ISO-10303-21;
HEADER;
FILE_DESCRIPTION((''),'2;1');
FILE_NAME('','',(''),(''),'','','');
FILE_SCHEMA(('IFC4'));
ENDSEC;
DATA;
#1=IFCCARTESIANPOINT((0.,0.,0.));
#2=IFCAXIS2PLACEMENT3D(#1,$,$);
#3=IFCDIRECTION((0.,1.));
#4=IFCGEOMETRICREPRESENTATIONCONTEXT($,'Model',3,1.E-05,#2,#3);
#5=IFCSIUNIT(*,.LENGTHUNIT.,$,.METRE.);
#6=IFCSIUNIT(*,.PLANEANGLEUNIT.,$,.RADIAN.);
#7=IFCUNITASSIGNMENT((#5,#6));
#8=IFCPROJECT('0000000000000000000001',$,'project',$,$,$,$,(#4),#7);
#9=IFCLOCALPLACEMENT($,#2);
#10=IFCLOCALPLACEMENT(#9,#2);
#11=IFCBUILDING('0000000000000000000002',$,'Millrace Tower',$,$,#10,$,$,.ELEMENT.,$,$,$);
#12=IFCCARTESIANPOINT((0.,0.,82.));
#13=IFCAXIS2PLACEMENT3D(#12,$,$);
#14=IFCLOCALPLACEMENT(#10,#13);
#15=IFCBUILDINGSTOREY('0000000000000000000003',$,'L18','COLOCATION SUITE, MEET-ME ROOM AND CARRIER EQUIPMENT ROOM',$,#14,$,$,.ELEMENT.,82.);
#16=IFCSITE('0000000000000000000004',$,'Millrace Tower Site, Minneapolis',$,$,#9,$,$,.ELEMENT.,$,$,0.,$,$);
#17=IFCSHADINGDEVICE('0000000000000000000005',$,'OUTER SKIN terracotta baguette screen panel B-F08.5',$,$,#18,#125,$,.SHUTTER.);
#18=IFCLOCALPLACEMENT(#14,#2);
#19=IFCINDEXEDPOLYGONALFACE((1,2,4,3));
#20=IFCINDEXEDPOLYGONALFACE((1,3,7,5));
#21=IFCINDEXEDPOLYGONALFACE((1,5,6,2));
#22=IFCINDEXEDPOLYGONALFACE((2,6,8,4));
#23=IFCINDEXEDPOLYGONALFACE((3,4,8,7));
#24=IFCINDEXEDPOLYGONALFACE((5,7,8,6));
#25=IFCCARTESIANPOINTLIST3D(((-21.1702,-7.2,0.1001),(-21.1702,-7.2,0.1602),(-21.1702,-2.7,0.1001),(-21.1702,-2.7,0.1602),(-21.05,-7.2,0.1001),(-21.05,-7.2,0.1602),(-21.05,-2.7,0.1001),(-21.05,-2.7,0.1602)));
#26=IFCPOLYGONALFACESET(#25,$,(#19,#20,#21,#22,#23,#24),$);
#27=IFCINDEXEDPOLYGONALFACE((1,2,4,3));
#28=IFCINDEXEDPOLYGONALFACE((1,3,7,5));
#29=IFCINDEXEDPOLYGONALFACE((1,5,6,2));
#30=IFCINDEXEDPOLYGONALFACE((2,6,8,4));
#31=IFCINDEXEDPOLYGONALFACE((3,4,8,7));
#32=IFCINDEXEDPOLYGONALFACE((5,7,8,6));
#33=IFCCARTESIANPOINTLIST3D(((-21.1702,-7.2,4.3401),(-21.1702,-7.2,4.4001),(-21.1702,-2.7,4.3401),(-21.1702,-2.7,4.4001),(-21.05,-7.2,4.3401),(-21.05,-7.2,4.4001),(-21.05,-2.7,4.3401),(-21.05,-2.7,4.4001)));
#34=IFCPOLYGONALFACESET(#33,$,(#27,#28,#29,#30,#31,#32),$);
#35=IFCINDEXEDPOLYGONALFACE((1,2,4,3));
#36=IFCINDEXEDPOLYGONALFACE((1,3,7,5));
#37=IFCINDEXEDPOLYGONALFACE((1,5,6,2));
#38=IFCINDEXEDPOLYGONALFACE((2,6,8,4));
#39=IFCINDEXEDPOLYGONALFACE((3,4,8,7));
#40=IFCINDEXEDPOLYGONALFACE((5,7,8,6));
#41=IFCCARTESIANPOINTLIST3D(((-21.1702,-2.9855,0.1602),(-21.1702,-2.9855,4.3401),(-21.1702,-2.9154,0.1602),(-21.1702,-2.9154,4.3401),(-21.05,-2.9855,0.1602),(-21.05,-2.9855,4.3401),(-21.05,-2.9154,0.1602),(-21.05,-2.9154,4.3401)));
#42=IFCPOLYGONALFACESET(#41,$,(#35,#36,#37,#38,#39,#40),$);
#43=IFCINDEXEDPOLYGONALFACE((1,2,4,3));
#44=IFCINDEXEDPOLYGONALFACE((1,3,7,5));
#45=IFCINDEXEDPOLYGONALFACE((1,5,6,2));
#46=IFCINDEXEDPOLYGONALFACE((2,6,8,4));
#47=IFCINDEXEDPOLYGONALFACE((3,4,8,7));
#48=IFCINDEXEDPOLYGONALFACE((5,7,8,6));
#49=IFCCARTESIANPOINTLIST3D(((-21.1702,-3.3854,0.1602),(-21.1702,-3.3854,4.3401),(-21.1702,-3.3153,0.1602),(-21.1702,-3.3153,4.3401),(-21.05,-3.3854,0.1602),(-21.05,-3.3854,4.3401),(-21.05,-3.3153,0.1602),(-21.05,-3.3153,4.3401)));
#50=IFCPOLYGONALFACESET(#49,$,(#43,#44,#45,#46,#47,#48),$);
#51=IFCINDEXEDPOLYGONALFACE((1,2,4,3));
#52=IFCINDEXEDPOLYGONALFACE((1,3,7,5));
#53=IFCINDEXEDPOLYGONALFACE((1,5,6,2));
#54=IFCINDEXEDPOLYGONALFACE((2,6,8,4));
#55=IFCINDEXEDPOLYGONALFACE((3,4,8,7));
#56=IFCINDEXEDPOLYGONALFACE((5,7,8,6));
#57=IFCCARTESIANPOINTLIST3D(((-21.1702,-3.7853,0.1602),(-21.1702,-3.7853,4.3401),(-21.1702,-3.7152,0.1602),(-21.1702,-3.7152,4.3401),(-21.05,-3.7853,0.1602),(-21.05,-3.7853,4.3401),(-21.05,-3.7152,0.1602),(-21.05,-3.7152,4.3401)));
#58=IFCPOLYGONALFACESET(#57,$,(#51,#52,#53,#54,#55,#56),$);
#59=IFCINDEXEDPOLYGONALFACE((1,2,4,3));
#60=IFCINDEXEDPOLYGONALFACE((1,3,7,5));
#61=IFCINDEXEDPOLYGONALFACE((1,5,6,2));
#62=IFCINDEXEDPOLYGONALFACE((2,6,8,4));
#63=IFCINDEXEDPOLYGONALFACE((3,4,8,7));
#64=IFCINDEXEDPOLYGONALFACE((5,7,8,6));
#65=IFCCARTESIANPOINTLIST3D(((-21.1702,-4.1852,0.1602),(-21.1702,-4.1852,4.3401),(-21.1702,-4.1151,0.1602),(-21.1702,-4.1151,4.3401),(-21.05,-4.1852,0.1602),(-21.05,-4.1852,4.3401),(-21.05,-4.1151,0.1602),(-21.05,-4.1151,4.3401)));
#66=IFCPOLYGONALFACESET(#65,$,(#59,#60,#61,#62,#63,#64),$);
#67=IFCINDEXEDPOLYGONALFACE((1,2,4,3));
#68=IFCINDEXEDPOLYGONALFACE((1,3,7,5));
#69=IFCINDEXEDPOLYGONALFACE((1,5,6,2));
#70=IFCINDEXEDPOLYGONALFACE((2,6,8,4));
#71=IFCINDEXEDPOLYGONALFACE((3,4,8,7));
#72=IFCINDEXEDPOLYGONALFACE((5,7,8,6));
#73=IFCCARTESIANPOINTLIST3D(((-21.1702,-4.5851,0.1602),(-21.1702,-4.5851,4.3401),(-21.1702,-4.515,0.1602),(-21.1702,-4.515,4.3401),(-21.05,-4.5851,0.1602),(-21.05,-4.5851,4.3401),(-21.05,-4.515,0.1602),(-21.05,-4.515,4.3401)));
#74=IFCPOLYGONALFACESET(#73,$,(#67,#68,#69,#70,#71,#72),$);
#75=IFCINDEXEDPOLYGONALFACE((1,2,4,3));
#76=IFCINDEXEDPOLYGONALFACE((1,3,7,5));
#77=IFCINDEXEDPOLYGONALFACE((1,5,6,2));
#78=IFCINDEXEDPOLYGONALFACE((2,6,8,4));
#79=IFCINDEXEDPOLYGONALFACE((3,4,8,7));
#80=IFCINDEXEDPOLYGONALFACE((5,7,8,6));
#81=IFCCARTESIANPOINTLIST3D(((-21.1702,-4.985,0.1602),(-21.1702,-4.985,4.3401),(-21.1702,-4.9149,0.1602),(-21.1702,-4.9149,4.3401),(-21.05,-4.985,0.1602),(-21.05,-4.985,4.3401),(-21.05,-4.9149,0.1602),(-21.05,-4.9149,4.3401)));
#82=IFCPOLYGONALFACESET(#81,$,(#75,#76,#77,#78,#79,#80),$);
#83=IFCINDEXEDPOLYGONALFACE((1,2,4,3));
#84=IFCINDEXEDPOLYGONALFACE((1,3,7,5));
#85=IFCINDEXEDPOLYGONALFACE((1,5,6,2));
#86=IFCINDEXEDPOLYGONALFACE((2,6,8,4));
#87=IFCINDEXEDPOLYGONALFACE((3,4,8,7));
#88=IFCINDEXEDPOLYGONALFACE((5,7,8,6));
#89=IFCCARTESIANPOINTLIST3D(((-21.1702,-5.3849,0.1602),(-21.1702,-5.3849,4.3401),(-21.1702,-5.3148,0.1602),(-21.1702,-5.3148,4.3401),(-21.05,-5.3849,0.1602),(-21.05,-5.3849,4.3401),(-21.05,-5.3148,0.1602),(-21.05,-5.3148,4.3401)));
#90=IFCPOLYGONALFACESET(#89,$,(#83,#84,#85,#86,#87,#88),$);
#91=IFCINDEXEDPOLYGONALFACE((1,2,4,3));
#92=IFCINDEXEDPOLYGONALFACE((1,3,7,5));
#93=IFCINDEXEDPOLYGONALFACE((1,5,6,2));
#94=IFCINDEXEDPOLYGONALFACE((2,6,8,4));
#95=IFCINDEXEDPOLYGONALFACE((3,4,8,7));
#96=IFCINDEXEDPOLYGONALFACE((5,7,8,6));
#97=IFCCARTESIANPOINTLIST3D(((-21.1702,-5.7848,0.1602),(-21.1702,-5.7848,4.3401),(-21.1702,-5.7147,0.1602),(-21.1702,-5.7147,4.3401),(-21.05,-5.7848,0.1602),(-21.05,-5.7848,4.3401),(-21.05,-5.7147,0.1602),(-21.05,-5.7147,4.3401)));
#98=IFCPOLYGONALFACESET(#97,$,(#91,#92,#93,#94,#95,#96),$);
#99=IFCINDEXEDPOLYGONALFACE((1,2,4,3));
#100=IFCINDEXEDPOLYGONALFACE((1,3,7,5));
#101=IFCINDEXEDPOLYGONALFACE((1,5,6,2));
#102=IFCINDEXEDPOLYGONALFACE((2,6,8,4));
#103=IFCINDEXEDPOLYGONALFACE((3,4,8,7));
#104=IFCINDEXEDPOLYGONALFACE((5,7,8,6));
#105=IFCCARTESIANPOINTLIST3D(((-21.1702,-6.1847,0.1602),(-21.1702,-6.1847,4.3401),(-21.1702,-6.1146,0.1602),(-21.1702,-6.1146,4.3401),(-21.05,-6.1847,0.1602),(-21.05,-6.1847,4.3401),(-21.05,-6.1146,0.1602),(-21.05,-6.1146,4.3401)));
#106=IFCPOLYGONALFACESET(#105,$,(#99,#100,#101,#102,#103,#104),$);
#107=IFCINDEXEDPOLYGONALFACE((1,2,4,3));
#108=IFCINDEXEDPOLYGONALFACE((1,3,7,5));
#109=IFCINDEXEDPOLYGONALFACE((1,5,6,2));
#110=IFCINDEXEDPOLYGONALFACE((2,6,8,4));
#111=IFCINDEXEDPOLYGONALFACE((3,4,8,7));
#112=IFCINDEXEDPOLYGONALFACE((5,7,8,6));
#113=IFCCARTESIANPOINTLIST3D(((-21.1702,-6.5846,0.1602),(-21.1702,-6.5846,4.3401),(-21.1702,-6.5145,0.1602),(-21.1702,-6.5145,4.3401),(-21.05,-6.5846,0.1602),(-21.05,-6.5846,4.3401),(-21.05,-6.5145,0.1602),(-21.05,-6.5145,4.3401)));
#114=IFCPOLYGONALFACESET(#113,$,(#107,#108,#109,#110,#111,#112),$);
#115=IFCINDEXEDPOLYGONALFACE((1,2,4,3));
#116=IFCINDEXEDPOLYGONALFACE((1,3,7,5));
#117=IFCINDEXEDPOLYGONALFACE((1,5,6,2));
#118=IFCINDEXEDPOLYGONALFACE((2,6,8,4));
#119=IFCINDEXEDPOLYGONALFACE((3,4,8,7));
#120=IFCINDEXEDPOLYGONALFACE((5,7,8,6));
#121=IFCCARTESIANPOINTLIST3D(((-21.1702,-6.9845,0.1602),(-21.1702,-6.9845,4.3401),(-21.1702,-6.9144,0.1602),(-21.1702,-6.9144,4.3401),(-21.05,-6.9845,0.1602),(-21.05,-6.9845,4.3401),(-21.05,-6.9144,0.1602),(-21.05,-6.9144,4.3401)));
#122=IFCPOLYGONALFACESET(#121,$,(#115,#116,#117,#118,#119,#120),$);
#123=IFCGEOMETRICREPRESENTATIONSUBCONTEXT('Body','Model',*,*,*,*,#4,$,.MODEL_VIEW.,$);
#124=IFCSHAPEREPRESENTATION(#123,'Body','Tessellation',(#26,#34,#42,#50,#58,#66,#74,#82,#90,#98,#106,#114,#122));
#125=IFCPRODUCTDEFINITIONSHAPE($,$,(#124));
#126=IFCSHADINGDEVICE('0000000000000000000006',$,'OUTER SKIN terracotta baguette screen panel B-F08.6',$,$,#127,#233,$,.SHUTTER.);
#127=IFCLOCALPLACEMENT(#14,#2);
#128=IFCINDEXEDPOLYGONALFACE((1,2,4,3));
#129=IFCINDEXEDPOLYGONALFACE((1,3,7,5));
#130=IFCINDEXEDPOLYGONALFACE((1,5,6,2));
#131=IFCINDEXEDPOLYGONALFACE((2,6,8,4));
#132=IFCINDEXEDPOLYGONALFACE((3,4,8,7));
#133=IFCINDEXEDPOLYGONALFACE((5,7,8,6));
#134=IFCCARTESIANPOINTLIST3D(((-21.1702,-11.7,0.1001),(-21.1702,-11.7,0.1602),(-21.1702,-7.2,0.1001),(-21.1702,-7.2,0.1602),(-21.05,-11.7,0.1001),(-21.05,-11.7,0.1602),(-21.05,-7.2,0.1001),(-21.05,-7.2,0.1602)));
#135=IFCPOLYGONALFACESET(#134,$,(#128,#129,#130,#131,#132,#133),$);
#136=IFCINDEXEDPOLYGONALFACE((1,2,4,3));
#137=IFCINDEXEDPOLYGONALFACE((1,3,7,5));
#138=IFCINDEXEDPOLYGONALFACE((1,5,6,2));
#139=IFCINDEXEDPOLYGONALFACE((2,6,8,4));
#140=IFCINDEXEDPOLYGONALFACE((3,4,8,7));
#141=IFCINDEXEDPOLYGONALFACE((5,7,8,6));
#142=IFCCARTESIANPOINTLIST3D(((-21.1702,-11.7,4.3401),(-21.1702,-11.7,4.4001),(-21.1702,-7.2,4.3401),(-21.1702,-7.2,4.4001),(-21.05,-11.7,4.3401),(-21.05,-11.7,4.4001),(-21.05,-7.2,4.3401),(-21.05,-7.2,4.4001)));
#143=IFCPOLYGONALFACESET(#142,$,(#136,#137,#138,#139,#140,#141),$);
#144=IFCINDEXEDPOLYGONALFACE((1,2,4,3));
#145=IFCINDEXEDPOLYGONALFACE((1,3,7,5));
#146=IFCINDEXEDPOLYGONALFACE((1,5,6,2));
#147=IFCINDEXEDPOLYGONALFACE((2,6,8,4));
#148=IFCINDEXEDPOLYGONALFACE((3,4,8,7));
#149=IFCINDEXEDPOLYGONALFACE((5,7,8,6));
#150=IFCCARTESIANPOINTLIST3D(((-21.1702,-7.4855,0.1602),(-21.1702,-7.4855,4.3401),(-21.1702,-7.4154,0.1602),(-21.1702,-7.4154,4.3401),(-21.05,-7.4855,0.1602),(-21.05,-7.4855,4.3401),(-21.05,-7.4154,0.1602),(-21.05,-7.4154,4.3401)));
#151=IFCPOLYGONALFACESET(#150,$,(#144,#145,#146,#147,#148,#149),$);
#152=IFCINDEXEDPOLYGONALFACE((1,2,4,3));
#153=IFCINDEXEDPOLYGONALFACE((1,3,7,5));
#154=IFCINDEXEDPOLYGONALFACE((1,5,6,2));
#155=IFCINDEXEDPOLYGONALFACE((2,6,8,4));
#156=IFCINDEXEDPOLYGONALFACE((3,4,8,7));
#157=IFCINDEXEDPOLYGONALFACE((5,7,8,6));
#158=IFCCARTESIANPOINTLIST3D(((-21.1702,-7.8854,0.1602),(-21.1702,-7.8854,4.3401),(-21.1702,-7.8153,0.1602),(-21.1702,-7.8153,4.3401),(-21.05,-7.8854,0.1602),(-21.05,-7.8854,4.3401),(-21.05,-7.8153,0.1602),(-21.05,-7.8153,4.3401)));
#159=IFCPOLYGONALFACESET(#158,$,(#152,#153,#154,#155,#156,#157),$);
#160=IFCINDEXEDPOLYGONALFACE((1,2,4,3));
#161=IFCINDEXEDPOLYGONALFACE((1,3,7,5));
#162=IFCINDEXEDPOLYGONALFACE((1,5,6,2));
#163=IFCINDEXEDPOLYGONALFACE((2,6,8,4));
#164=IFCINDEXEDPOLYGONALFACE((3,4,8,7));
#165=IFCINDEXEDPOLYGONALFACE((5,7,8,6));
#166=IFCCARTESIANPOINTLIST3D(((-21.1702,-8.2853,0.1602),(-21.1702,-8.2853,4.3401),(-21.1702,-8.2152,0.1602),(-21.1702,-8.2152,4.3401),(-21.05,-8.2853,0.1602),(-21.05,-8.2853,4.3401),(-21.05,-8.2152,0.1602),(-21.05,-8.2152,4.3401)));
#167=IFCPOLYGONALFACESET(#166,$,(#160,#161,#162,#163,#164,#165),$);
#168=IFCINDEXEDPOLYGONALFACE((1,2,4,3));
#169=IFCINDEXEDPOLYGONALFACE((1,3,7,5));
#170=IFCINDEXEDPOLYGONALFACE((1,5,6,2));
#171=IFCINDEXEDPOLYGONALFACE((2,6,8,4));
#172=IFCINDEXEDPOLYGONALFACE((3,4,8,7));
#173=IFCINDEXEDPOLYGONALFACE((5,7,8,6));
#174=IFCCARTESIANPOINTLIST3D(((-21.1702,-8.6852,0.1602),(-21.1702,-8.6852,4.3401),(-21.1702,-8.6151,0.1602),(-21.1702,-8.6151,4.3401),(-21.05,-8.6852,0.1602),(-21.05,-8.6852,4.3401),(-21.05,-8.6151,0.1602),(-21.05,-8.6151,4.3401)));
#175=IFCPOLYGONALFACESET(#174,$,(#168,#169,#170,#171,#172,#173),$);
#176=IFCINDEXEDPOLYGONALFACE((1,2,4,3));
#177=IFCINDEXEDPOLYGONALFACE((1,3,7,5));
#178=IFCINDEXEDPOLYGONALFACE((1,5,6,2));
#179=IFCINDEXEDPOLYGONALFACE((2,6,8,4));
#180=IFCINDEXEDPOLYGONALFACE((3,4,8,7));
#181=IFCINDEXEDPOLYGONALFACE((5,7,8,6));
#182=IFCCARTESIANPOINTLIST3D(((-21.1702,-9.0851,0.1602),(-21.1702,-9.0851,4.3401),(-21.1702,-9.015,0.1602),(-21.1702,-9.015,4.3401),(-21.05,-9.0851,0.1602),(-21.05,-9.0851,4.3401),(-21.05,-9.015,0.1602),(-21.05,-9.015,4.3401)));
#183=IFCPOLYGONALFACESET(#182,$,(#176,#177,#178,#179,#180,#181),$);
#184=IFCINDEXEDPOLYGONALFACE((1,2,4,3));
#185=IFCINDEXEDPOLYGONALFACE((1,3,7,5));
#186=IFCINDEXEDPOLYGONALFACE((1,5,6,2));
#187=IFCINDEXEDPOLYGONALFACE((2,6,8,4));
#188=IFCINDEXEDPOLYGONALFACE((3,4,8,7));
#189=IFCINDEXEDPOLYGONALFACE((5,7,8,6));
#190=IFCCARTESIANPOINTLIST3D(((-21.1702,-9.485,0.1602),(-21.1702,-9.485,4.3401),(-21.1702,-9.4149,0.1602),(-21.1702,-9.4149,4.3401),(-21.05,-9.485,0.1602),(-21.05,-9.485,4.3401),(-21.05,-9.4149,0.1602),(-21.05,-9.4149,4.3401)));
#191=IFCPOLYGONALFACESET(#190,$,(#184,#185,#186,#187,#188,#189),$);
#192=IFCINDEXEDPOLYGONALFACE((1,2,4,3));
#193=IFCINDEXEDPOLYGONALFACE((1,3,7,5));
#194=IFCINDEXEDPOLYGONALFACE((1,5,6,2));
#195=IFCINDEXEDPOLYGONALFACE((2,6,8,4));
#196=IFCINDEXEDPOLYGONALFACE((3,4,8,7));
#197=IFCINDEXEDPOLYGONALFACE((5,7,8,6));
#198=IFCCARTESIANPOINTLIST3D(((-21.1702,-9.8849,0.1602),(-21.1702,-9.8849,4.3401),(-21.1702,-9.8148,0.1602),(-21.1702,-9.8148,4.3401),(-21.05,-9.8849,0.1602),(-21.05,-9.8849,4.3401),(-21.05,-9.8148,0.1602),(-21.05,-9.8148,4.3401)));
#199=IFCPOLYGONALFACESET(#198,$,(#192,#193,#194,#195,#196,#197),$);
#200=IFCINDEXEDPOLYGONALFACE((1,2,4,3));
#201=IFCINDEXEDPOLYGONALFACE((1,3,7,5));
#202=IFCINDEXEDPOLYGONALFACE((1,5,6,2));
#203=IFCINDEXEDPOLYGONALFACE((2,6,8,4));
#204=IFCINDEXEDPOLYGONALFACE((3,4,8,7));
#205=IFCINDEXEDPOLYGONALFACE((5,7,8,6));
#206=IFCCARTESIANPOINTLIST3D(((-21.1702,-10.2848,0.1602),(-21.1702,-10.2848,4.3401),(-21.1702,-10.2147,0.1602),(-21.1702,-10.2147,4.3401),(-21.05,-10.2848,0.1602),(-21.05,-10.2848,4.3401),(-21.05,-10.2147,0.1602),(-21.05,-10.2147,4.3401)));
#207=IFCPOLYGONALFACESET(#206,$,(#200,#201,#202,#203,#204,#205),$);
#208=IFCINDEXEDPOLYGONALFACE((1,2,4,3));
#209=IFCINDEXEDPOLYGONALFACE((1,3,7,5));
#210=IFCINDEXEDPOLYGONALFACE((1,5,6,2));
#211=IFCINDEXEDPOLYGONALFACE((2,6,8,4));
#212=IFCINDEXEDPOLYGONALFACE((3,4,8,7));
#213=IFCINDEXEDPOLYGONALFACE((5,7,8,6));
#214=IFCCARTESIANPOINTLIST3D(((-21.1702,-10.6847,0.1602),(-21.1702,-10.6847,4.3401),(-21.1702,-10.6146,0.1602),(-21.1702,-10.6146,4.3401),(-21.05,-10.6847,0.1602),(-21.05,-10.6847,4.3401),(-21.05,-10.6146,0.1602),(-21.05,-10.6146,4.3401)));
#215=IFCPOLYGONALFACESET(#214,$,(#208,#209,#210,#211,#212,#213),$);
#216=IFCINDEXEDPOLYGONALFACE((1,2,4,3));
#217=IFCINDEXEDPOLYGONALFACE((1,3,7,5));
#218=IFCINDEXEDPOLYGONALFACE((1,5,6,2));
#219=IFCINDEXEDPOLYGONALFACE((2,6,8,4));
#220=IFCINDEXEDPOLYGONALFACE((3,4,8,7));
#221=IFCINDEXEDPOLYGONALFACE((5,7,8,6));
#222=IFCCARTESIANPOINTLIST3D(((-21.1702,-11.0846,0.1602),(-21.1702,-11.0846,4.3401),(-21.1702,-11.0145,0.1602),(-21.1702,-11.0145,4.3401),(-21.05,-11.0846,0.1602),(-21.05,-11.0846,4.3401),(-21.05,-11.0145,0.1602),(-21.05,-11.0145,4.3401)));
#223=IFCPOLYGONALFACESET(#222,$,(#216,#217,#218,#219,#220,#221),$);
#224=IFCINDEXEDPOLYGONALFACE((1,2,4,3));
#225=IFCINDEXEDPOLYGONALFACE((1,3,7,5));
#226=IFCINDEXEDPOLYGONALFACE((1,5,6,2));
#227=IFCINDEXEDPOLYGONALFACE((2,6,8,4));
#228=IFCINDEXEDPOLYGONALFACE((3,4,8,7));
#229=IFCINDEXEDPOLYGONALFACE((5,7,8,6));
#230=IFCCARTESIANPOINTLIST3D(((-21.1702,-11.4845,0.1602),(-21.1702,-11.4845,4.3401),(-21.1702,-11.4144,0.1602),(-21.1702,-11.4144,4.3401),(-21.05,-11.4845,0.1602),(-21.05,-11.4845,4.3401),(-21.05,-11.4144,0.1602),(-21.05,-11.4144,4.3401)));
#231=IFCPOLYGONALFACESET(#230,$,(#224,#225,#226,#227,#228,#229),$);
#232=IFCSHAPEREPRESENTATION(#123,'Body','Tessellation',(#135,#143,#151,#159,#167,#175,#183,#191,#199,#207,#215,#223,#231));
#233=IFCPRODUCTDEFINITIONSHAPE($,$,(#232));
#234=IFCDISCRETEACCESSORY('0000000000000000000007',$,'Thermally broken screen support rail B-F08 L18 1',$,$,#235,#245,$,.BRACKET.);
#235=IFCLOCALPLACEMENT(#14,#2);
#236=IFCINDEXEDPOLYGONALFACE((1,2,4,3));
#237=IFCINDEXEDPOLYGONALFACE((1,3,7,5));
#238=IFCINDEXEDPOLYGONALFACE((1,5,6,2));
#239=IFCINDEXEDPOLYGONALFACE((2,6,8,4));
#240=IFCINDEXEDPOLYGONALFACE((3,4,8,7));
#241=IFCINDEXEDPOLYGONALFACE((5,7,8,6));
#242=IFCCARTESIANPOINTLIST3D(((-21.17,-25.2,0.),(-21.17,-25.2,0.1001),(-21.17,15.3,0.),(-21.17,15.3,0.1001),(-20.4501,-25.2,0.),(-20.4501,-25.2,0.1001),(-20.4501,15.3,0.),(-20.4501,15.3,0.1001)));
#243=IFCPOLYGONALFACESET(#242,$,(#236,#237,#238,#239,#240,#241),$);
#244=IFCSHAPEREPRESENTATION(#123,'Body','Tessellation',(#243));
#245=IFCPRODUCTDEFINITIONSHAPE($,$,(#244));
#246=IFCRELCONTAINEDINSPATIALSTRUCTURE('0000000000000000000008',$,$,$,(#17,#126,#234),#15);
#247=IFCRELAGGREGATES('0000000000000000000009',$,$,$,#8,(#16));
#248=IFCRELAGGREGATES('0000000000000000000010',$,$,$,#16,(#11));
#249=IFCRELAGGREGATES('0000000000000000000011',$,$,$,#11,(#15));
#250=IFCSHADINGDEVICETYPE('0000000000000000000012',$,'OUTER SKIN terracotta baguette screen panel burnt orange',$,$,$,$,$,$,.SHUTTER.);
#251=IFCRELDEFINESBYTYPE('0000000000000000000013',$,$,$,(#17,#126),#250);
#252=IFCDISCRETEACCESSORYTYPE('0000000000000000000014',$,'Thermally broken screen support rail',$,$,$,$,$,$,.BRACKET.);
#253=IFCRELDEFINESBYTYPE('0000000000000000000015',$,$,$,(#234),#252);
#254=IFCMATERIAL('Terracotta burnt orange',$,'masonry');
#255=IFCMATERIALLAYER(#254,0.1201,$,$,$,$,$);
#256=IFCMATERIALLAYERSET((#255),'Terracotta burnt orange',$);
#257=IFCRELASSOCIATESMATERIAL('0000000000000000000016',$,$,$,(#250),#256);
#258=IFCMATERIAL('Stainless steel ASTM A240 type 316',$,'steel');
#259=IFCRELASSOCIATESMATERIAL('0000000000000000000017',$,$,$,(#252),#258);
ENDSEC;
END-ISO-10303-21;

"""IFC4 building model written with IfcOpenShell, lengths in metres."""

from ifc_helpers import new_model, entity, si_unit, direction, frame, frame_2d, origin, origin_2d, place, context, subcontext, project, spatial, rectangle, extrude, source, transform, mapped, material, layer, layer_set, type_object, element, save


model = new_model("IFC4")

# Units and contexts
model_context = context("Model", 3, precision=1e-05, world=origin(), true_north=direction((0.0, 1.0)))
body_context = subcontext(model_context, "Body", "Model", "MODEL_VIEW")
ifc_project = project(units=[si_unit("LENGTHUNIT", "METRE"), si_unit("PLANEANGLEUNIT", "RADIAN")], contexts=[model_context])

# Site, building, storey
site_placement = place(None, origin())
site = spatial("IfcSite", under=ifc_project, at=site_placement, Name="Millrace Tower Site, Minneapolis", CompositionType="ELEMENT", RefElevation=0.0)
building_placement = place(site_placement, origin())
building = spatial("IfcBuilding", under=site, at=building_placement, Name="Millrace Tower", CompositionType="ELEMENT")
storey_placement = place(building_placement, frame((0.0, 0.0, 82.0)))
storey = spatial("IfcBuildingStorey", under=building, at=storey_placement, Name="L18", Description="COLOCATION SUITE, MEET-ME ROOM AND CARRIER EQUIPMENT ROOM", CompositionType="ELEMENT", Elevation=82.0)

# Shading devices
ifc_material_1 = material(Name="Terracotta burnt orange", Category="masonry")
ifc_layer_1 = layer(ifc_material_1, 0.1201)
ifc_layer_set_1 = layer_set([ifc_layer_1], Name="Terracotta burnt orange")
shading_device_type = type_object("IfcShadingDeviceType", Name="OUTER SKIN terracotta baguette screen panel burnt orange", PredefinedType="SHUTTER", material=ifc_layer_set_1)
cartesian_point = entity("IfcCartesianPoint", [-2.25, 0.0601])
shared_polyline = entity("IfcPolyline", [cartesian_point, entity("IfcCartesianPoint", [2.25, 0.0601]), entity("IfcCartesianPoint", [2.25, -0.0601]), entity("IfcCartesianPoint", [-2.25, -0.0601]), cartesian_point])
shared_shape = source(origin(), body_context, "Body", "SweptSolid", [
    entity("IfcExtrudedAreaSolid", entity("IfcArbitraryClosedProfileDef", "AREA", None, shared_polyline), entity("IfcAxis2Placement3D", entity("IfcCartesianPoint", [0.0, 0.0, 0.0])), entity("IfcDirection", [0.0, 0.0, 1.0]), 0.0601),
    entity("IfcExtrudedAreaSolid", entity("IfcArbitraryClosedProfileDef", "AREA", None, shared_polyline), entity("IfcAxis2Placement3D", entity("IfcCartesianPoint", [0.0, 0.0, 4.24])), entity("IfcDirection", [0.0, 0.0, 1.0]), 0.0601),
    extrude(rectangle(XDim=0.0701, YDim=0.1201, at=frame_2d((-1.9995, 0.0))), frame((0.0, 0.0, 0.0601)), (0.0, 0.0, 1.0), 4.1799),
    extrude(rectangle(XDim=0.0701, YDim=0.1201, at=frame_2d((-1.5996, 0.0))), frame((0.0, 0.0, 0.0601)), (0.0, 0.0, 1.0), 4.1799),
    extrude(rectangle(XDim=0.0701, YDim=0.1201, at=frame_2d((-1.1997, 0.0))), frame((0.0, 0.0, 0.0601)), (0.0, 0.0, 1.0), 4.1799),
    extrude(rectangle(XDim=0.0701, YDim=0.1201, at=frame_2d((-0.7998, 0.0))), frame((0.0, 0.0, 0.0601)), (0.0, 0.0, 1.0), 4.1799),
    extrude(rectangle(XDim=0.0701, YDim=0.1201, at=frame_2d((-0.3999, 0.0))), frame((0.0, 0.0, 0.0601)), (0.0, 0.0, 1.0), 4.1799),
    extrude(rectangle(XDim=0.0701, YDim=0.1201, at=origin_2d()), frame((0.0, 0.0, 0.0601)), (0.0, 0.0, 1.0), 4.1799),
    extrude(rectangle(XDim=0.0701, YDim=0.1201, at=frame_2d((0.3999, 0.0))), frame((0.0, 0.0, 0.0601)), (0.0, 0.0, 1.0), 4.1799),
    extrude(rectangle(XDim=0.0701, YDim=0.1201, at=frame_2d((0.7998, 0.0))), frame((0.0, 0.0, 0.0601)), (0.0, 0.0, 1.0), 4.1799),
    extrude(rectangle(XDim=0.0701, YDim=0.1201, at=frame_2d((1.1997, 0.0))), frame((0.0, 0.0, 0.0601)), (0.0, 0.0, 1.0), 4.1799),
    extrude(rectangle(XDim=0.0701, YDim=0.1201, at=frame_2d((1.5996, 0.0))), frame((0.0, 0.0, 0.0601)), (0.0, 0.0, 1.0), 4.1799),
    extrude(rectangle(XDim=0.0701, YDim=0.1201, at=frame_2d((1.9995, 0.0))), frame((0.0, 0.0, 0.0601)), (0.0, 0.0, 1.0), 4.1799),
])
for number, where, z_axis, x_axis, name in (
    (1, (-21.1101, -4.95, 0.1001), (0.0, 0.0, 1.0), (0.0, -1.0, 0.0), "OUTER SKIN terracotta baguette screen panel B-F08.5"),
    (2, (-21.1101, -9.45, 0.1001), (0.0, 0.0, 1.0), (0.0, -1.0, 0.0), "OUTER SKIN terracotta baguette screen panel B-F08.6"),
):
    element("IfcShadingDevice", number, at=place(storey_placement, frame(where, z_axis=z_axis, x_axis=x_axis)), inside=storey, type_object=shading_device_type, Name=name, PredefinedType="SHUTTER", context=body_context, shape_type="MappedRepresentation", body=[
        mapped(shared_shape, transform((0.0, 0.0, 0.0), scale=1.0)),
    ])

# Discrete accessory
ifc_material_2 = material(Name="Stainless steel ASTM A240 type 316", Category="steel")
discrete_accessory_type = type_object("IfcDiscreteAccessoryType", Name="Thermally broken screen support rail", PredefinedType="BRACKET", material=ifc_material_2)
discrete_accessory_placement = place(storey_placement, frame((-20.8101, -4.95, 0.0), z_axis=(0.0, 0.0, 1.0), x_axis=(0.0, -1.0, 0.0)))
element("IfcDiscreteAccessory", 3, at=discrete_accessory_placement, inside=storey, type_object=discrete_accessory_type, Name="Thermally broken screen support rail B-F08 L18 1", PredefinedType="BRACKET", context=body_context, shape_type="SweptSolid", body=[
    extrude(rectangle(XDim=40.5, YDim=0.72, at=origin_2d()), origin(), (0.0, 0.0, 1.0), 0.1001),
])

save(model, "model.ifc")
